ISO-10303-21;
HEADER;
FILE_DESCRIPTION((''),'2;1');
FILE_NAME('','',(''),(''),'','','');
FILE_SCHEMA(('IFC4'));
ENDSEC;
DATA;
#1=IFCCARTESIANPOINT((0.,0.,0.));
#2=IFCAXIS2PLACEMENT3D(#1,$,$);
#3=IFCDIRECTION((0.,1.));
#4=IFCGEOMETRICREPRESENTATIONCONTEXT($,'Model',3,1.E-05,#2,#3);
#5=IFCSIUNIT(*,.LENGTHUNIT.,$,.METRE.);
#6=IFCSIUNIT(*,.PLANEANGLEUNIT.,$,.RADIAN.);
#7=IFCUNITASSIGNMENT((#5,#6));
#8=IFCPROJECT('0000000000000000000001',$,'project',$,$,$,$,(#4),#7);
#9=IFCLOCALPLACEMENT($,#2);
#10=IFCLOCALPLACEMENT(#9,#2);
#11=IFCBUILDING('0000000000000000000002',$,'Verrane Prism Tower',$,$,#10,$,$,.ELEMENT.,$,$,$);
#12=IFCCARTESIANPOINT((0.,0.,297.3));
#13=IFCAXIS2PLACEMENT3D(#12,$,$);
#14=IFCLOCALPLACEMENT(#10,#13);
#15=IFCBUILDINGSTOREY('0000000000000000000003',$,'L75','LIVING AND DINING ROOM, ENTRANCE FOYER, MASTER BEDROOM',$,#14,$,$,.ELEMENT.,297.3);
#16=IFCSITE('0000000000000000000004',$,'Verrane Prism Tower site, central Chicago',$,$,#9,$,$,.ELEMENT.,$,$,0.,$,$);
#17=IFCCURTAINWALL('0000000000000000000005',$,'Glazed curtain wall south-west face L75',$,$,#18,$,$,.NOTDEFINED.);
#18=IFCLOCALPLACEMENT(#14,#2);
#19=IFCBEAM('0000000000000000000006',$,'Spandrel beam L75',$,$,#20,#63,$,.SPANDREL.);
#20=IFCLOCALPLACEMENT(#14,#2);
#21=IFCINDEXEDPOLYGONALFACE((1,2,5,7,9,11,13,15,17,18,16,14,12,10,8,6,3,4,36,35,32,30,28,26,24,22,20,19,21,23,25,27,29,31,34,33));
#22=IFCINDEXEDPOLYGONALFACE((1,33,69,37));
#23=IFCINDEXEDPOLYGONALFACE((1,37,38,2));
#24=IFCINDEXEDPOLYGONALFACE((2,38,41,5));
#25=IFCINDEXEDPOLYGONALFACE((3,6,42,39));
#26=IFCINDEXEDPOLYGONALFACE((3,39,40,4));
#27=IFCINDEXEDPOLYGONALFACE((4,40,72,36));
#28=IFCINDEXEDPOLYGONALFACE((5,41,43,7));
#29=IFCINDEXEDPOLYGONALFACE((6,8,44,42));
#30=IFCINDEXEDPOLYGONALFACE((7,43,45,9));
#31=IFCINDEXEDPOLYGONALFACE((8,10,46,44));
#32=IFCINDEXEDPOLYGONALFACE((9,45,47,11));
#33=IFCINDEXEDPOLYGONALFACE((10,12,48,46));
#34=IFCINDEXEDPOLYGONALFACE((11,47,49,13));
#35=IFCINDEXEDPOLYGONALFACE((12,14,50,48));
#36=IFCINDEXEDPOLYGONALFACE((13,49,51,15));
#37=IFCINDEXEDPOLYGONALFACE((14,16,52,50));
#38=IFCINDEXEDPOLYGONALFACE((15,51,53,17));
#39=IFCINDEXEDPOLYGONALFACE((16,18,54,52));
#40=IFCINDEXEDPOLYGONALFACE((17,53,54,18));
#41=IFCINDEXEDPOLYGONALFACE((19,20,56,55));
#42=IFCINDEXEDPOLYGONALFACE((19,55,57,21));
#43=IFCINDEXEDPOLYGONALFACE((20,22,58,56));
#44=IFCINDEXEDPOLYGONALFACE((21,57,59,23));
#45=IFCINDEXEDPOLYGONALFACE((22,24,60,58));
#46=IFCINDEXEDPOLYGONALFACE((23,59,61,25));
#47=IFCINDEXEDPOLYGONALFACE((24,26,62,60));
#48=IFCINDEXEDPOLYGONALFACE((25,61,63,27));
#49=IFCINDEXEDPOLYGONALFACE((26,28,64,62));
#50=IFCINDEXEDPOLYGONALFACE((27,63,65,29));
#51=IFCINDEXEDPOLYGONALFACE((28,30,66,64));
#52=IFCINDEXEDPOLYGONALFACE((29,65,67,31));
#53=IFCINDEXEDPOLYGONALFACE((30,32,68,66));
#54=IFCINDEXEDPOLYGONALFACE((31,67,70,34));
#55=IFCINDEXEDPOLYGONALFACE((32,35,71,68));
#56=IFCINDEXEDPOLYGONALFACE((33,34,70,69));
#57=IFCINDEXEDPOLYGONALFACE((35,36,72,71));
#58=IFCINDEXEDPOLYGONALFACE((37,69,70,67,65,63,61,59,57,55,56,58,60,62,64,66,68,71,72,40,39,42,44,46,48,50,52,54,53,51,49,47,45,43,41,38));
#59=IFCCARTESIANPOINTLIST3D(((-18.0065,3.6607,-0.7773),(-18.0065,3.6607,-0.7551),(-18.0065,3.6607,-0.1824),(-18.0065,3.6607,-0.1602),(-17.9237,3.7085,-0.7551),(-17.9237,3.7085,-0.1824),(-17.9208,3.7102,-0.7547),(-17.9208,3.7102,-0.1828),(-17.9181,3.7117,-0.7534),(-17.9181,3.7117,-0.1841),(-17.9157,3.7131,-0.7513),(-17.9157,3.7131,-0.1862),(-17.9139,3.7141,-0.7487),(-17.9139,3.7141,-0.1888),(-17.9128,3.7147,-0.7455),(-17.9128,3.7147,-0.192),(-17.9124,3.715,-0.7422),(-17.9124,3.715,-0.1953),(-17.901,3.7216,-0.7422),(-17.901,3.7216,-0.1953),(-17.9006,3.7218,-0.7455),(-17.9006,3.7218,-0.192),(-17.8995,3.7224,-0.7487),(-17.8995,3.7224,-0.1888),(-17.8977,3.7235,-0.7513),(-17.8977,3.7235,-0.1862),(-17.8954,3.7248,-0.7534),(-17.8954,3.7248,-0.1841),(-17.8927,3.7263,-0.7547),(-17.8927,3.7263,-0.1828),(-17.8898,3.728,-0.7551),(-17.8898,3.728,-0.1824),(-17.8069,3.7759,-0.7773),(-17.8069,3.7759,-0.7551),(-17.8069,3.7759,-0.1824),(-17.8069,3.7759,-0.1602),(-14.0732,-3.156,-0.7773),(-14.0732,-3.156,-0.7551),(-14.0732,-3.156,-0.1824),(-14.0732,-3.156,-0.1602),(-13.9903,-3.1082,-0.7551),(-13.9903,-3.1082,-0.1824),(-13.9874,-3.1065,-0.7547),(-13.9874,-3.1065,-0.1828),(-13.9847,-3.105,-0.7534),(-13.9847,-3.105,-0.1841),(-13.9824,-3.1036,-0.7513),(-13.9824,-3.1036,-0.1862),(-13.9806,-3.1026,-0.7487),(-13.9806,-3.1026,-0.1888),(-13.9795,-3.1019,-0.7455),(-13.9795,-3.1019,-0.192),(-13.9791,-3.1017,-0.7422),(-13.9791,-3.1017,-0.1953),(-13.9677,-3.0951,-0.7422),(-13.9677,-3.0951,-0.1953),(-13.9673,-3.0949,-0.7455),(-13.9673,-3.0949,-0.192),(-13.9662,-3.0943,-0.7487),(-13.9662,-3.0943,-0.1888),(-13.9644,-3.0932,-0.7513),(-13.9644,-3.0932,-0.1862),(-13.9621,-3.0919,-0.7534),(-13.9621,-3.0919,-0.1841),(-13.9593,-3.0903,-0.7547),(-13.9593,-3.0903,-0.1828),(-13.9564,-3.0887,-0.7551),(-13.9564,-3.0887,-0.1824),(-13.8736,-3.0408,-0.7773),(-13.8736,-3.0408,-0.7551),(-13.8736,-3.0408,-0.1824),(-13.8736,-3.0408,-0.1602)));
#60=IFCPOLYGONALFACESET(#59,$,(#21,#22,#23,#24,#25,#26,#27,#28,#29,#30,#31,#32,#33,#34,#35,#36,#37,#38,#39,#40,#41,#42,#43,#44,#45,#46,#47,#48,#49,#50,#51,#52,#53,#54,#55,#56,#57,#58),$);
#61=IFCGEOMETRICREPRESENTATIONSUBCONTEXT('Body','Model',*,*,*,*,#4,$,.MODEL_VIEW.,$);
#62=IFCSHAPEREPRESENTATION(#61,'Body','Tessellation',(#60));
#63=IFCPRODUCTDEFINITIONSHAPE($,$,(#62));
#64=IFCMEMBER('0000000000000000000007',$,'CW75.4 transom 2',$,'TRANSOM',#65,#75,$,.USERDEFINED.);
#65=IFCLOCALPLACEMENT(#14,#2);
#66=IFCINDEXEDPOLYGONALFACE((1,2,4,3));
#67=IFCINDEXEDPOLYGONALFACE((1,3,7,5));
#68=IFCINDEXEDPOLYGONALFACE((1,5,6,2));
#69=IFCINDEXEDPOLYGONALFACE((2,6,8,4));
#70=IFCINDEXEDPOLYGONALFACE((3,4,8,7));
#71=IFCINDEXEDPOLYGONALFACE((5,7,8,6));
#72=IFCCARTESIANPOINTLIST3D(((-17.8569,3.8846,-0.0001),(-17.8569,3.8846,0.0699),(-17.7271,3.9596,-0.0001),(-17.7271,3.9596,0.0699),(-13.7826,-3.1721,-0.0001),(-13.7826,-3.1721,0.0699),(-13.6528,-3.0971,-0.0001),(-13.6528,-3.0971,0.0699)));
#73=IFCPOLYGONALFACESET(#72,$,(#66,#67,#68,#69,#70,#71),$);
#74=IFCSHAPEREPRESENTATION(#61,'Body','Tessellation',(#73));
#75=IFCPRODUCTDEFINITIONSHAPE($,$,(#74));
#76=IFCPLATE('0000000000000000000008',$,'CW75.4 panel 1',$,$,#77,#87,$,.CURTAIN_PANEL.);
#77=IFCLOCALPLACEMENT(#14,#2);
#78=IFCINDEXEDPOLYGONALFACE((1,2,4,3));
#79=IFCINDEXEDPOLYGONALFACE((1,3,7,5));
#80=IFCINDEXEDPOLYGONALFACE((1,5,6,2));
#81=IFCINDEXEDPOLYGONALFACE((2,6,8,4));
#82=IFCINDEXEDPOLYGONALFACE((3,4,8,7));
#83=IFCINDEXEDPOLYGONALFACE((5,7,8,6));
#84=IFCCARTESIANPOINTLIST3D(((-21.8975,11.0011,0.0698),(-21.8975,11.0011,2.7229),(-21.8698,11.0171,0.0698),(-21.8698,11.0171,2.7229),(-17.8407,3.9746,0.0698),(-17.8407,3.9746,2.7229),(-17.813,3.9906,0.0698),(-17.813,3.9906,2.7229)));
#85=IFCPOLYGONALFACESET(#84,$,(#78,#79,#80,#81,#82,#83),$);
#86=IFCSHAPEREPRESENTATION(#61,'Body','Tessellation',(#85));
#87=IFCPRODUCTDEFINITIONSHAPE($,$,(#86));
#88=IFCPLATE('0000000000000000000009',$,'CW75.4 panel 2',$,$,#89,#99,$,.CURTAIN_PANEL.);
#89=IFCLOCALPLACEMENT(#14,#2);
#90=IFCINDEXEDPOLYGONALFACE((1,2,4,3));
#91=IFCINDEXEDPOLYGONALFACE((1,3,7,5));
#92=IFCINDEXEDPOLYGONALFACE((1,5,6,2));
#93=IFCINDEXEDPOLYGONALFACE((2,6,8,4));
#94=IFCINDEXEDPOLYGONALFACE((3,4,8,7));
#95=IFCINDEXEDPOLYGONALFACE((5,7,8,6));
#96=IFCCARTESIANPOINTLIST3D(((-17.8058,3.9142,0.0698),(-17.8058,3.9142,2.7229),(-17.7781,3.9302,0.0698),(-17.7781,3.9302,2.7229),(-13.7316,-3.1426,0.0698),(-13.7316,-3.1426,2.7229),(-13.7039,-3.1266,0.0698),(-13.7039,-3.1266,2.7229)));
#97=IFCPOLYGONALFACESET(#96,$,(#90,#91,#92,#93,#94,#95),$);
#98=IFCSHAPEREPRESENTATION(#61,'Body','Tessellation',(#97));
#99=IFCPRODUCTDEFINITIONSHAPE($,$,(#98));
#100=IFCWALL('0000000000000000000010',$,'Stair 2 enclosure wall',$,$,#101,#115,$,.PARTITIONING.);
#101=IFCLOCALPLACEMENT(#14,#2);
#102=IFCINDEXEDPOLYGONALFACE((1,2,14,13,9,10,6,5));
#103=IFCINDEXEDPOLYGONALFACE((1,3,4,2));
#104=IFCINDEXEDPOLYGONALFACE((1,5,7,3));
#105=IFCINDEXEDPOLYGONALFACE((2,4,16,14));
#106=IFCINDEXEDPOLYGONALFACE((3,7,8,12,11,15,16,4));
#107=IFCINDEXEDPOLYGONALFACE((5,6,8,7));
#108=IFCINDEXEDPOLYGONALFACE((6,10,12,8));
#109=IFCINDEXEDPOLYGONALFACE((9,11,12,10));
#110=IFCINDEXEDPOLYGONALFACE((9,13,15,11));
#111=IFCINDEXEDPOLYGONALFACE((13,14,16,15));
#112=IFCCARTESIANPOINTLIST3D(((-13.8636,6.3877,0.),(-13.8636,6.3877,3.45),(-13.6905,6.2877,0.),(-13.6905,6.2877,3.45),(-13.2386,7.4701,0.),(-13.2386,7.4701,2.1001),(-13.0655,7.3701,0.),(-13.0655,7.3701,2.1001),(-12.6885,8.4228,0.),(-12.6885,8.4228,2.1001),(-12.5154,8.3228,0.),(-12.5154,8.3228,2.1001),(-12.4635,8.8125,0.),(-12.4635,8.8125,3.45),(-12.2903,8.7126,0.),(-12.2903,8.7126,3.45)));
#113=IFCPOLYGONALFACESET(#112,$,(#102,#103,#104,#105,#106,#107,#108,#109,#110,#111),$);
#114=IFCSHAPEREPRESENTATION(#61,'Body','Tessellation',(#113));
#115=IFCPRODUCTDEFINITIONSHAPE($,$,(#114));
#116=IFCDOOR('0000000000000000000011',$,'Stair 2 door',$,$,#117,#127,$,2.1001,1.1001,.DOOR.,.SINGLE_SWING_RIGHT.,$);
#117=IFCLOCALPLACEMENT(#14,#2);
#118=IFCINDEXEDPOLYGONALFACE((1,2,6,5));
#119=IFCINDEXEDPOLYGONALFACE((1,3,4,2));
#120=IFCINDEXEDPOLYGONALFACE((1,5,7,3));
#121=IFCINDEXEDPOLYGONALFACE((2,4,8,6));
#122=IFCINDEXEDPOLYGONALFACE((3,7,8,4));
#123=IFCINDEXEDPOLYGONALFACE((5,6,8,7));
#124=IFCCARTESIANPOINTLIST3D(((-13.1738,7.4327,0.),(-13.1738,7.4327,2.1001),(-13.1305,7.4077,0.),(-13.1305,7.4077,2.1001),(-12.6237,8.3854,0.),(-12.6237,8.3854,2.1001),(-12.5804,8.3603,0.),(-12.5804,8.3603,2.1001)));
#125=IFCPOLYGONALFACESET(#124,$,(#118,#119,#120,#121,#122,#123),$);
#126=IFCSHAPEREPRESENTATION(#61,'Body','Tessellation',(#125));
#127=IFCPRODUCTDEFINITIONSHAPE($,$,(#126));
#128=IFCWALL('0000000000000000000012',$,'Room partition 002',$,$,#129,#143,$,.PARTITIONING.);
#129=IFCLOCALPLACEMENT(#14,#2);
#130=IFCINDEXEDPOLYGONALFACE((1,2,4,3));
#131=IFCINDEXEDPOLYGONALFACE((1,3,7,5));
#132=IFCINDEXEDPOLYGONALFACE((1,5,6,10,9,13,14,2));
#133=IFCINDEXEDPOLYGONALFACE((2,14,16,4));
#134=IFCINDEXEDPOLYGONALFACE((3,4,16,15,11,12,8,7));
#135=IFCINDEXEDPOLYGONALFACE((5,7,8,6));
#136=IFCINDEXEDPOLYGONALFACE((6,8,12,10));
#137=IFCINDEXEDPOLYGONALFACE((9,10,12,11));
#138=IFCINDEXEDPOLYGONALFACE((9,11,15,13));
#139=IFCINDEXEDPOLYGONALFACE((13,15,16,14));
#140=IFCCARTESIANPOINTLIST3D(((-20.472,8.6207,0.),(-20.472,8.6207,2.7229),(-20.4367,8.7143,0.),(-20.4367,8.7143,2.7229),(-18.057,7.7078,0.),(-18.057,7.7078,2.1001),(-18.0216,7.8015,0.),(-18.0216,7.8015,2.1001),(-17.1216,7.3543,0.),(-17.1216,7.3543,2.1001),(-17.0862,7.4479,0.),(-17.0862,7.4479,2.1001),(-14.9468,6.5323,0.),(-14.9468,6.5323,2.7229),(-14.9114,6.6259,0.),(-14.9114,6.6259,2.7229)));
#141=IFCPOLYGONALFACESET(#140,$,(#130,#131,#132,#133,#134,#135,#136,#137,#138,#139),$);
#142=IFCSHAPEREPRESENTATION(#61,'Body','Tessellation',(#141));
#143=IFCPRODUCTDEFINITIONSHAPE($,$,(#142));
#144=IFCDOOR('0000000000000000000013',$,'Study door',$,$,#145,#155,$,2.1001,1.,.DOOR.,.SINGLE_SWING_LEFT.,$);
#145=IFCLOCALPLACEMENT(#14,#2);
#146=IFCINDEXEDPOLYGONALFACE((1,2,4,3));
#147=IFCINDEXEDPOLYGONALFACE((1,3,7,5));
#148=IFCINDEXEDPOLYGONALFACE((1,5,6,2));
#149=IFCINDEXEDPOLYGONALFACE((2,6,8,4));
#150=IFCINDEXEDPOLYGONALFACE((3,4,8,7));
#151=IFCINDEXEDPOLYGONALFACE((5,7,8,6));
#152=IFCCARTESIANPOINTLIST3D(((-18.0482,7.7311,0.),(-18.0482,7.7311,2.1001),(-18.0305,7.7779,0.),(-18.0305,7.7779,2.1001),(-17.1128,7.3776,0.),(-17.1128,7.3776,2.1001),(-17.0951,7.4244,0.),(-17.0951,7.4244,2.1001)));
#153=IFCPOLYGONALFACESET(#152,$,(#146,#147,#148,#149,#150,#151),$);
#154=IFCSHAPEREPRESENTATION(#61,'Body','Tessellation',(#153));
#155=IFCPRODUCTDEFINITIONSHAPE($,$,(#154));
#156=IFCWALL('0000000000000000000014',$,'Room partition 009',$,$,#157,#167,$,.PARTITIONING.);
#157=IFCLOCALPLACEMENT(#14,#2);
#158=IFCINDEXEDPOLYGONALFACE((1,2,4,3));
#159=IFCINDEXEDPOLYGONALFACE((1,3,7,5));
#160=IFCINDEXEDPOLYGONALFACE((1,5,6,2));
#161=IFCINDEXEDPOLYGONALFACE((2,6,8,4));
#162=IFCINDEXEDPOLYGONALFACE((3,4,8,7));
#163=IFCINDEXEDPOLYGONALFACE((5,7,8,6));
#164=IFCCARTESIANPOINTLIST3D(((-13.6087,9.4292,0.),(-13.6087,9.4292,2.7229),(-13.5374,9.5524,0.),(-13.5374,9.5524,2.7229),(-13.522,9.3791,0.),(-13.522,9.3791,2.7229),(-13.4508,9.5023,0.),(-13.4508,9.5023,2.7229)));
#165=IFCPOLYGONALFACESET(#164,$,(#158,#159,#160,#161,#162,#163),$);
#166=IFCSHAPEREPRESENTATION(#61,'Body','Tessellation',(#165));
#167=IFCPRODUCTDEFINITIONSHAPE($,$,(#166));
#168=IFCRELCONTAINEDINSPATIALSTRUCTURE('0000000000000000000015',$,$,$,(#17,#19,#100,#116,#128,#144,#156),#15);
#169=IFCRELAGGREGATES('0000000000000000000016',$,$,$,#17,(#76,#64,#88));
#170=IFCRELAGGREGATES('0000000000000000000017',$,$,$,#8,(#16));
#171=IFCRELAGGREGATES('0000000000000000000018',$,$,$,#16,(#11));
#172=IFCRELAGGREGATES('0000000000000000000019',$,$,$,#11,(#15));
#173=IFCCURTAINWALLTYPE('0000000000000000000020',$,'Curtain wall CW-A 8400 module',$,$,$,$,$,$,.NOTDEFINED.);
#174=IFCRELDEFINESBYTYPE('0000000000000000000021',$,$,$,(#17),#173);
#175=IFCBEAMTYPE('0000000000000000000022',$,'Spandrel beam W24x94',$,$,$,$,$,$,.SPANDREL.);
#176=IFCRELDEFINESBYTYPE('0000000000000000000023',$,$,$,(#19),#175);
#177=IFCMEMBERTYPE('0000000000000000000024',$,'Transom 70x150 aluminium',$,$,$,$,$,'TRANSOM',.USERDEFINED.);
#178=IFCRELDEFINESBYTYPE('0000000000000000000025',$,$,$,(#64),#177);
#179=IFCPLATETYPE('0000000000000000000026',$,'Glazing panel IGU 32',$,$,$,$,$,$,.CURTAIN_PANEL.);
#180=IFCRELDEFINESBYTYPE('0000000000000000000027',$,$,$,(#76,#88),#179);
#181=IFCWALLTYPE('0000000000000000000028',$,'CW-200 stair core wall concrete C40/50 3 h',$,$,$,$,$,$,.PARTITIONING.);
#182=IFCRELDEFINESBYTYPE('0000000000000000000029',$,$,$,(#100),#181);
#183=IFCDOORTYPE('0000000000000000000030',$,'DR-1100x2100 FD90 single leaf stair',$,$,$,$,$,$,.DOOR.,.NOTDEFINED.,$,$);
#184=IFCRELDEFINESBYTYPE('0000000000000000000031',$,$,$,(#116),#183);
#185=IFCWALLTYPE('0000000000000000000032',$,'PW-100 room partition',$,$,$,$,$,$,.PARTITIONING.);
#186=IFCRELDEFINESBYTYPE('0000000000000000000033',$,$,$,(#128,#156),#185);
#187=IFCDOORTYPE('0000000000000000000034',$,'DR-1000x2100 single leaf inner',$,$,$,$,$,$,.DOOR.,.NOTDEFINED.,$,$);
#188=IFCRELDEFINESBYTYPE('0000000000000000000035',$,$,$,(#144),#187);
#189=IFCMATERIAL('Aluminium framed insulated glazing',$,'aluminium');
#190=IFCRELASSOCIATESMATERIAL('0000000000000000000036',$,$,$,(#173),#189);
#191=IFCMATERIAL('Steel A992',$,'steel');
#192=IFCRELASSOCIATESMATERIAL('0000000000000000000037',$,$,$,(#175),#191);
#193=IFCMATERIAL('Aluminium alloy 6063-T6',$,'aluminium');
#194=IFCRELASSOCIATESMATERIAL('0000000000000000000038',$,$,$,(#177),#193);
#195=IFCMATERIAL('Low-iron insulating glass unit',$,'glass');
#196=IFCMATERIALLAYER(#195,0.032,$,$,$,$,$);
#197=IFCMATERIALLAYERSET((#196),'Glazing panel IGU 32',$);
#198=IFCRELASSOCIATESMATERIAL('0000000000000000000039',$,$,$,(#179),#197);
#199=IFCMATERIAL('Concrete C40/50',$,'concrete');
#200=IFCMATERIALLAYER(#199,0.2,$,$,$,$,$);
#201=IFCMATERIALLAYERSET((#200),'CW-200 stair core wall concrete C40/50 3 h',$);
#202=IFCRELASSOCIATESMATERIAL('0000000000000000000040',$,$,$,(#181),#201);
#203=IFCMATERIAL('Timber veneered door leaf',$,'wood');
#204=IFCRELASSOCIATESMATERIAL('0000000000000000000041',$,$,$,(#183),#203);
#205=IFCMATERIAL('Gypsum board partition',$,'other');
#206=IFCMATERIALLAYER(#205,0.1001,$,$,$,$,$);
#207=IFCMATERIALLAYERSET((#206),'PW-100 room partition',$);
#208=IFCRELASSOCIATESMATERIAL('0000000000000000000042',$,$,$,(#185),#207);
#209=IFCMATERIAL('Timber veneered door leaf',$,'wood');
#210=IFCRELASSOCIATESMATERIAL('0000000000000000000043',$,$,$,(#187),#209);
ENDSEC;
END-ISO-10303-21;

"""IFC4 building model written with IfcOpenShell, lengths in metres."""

from ifc_helpers import new_model, si_unit, direction, frame, frame_2d, origin, origin_2d, place, context, subcontext, project, spatial, rectangle, i_section, extrude, material, layer, layer_set, material_profile, profile_set, type_object, element, fill, aggregate, save


model = new_model("IFC4")

# Units and contexts
model_context = context("Model", 3, precision=1e-05, world=origin(), true_north=direction((0.0, 1.0)))
body_context = subcontext(model_context, "Body", "Model", "MODEL_VIEW")
ifc_project = project(units=[si_unit("LENGTHUNIT", "METRE"), si_unit("PLANEANGLEUNIT", "RADIAN")], contexts=[model_context])

# Site, building, storey
site_placement = place(None, origin())
site = spatial("IfcSite", under=ifc_project, at=site_placement, Name="Verrane Prism Tower site, central Chicago", CompositionType="ELEMENT", RefElevation=0.0)
building_placement = place(site_placement, origin())
building = spatial("IfcBuilding", under=site, at=building_placement, Name="Verrane Prism Tower", CompositionType="ELEMENT")
storey_placement = place(building_placement, frame((0.0, 0.0, 297.3)))
storey = spatial("IfcBuildingStorey", under=building, at=storey_placement, Name="L75", Description="LIVING AND DINING ROOM, ENTRANCE FOYER, MASTER BEDROOM", CompositionType="ELEMENT", Elevation=297.3)

# Curtain wall
ifc_material_1 = material(Name="Aluminium framed insulated glazing", Category="aluminium")
curtain_wall_type = type_object("IfcCurtainWallType", Name="Curtain wall CW-A 8400 module", PredefinedType="NOTDEFINED", material=ifc_material_1)
curtain_wall_placement = place(storey_placement, origin())
curtain_wall = element("IfcCurtainWall", 1, at=curtain_wall_placement, inside=storey, type_object=curtain_wall_type, Name="Glazed curtain wall south-west face L75", PredefinedType="NOTDEFINED")

# Beam
ifc_material_2 = material(Name="Steel A992", Category="steel")
ifc_material_profile_1 = material_profile(ifc_material_2, i_section(OverallWidth=0.2305, OverallDepth=0.6172, WebThickness=0.0132, FlangeThickness=0.0222, FilletRadius=0.0129, at=origin_2d()), Name="W24x94")
ifc_profile_set_1 = profile_set([ifc_material_profile_1], Name="Steel A992")
beam_type_1 = type_object("IfcBeamType", Name="Spandrel beam W24x94", PredefinedType="SPANDREL", material=ifc_profile_set_1)
beam_1_placement = place(storey_placement, frame((-17.9067, 3.7183, -0.4688), z_axis=(0.499786, -0.866149, 0.0), x_axis=(0.866149, 0.499786, 0.0)))
element("IfcBeam", 2, at=beam_1_placement, inside=storey, type_object=beam_type_1, Name="Spandrel beam L75", PredefinedType="SPANDREL", context=body_context, shape_type="SweptSolid", body=[
    extrude(i_section(OverallWidth=0.2305, OverallDepth=0.6172, WebThickness=0.0132, FlangeThickness=0.0222, FilletRadius=0.0129, at=origin_2d()), origin(), (0.0, 0.0, 1.0), 7.8701),
])

# Member
ifc_material_3 = material(Name="Aluminium alloy 6063-T6", Category="aluminium")
ifc_material_profile_2 = material_profile(ifc_material_3, rectangle(XDim=0.1499, YDim=0.0701, at=origin_2d()), Name="Transom 70x150 aluminium")
ifc_profile_set_2 = profile_set([ifc_material_profile_2], Name="Aluminium alloy 6063-T6")
member_type_1 = type_object("IfcMemberType", Name="Transom 70x150 aluminium", ElementType="TRANSOM", PredefinedType="USERDEFINED", material=ifc_profile_set_2)
member_1_placement = place(storey_placement, frame((-17.792, 3.9221, 0.0349), z_axis=(0.500006, -0.866022, 0.0), x_axis=(0.866022, 0.500006, 0.0)))
member_1 = element("IfcMember", 3, at=member_1_placement, type_object=member_type_1, Name="CW75.4 transom 2", ObjectType="TRANSOM", PredefinedType="USERDEFINED", context=body_context, shape_type="SweptSolid", body=[
    extrude(rectangle(XDim=0.1499, YDim=0.0701, at=origin_2d()), origin(), (0.0, 0.0, 1.0), 8.1484),
])

# Plates
ifc_material_4 = material(Name="Low-iron insulating glass unit", Category="glass")
ifc_layer_1 = layer(ifc_material_4, 0.032)
ifc_layer_set_1 = layer_set([ifc_layer_1], Name="Glazing panel IGU 32")
plate_type = type_object("IfcPlateType", Name="Glazing panel IGU 32", PredefinedType="CURTAIN_PANEL", material=ifc_layer_set_1)
plate_1_placement = place(storey_placement, frame((-19.8552, 7.4958, 0.0698), z_axis=(0.0, 0.0, 1.0), x_axis=(0.500001, -0.866025, 0.0)))
plate_1 = element("IfcPlate", 4, at=plate_1_placement, type_object=plate_type, Name="CW75.4 panel 1", PredefinedType="CURTAIN_PANEL", context=body_context, shape_type="SweptSolid", body=[
    extrude(rectangle(XDim=8.1135, YDim=0.032, at=origin_2d()), origin(), (0.0, 0.0, 1.0), 2.6531),
])
plate_2_placement = place(storey_placement, frame((-15.7549, 0.3938, 0.0698), z_axis=(0.0, 0.0, 1.0), x_axis=(0.500001, -0.866025, 0.0)))
plate_2 = element("IfcPlate", 5, at=plate_2_placement, type_object=plate_type, Name="CW75.4 panel 2", PredefinedType="CURTAIN_PANEL", context=body_context, shape_type="SweptSolid", body=[
    extrude(rectangle(XDim=8.1484, YDim=0.032, at=origin_2d()), origin(), (0.0, 0.0, 1.0), 2.6531),
])
aggregate(curtain_wall, [plate_1, member_1, plate_2])

# Walls, openings, doors
ifc_material_5 = material(Name="Concrete C40/50", Category="concrete")
ifc_layer_2 = layer(ifc_material_5, 0.2)
ifc_layer_set_2 = layer_set([ifc_layer_2], Name="CW-200 stair core wall concrete C40/50 3 h")
wall_type_1 = type_object("IfcWallType", Name="CW-200 stair core wall concrete C40/50 3 h", PredefinedType="PARTITIONING", material=ifc_layer_set_2)
wall_1_placement = place(storey_placement, frame((-12.377, 8.7625, 0.0), z_axis=(0.0, 0.0, 1.0), x_axis=(-0.50005, -0.865997, 0.0)))
wall_1 = element("IfcWall", 6, at=wall_1_placement, inside=storey, type_object=wall_type_1, Name="Stair 2 enclosure wall", PredefinedType="PARTITIONING", context=body_context, shape_type="SweptSolid", body=[
    extrude(rectangle(XDim=2.8, YDim=0.2, at=frame_2d((1.3999, 0.0))), origin(), (0.0, 0.0, 1.0), 3.45),
])
opening_1_placement = place(wall_1_placement, frame((0.45, 0.0, 0.0)))
opening_1 = element("IfcOpeningElement", 7, at=opening_1_placement, cuts=wall_1, PredefinedType="OPENING", context=body_context, shape_type="SweptSolid", body=[
    extrude(rectangle(XDim=1.1001, YDim=2.1001, at=frame_2d((0.55, 1.05))), frame((0.0, 0.1099, 0.0), z_axis=(0.0, -1.0, 0.0), x_axis=(1.0, 0.0, 0.0)), (0.0, 0.0, 1.0), 0.22),
])
ifc_material_6 = material(Name="Timber veneered door leaf", Category="wood")
door_type_1 = type_object("IfcDoorType", Name="DR-1100x2100 FD90 single leaf stair", OperationType="NOTDEFINED", PredefinedType="DOOR", material=ifc_material_6)
door_1_placement = place(opening_1_placement, origin())
door_1 = element("IfcDoor", 8, at=door_1_placement, inside=storey, type_object=door_type_1, Name="Stair 2 door", OperationType="SINGLE_SWING_RIGHT", OverallHeight=2.1001, OverallWidth=1.1001, PredefinedType="DOOR", context=body_context, shape_type="SweptSolid", body=[
    extrude(rectangle(XDim=1.1001, YDim=2.1001, at=frame_2d((0.55, 1.05))), frame((0.0, 0.0249, 0.0), z_axis=(0.0, -1.0, 0.0), x_axis=(1.0, 0.0, 0.0)), (0.0, 0.0, 1.0), 0.05),
])
fill(opening_1, door_1)
ifc_material_7 = material(Name="Gypsum board partition", Category="other")
ifc_layer_3 = layer(ifc_material_7, 0.1001)
ifc_layer_set_3 = layer_set([ifc_layer_3], Name="PW-100 room partition")
wall_type_2 = type_object("IfcWallType", Name="PW-100 room partition", PredefinedType="PARTITIONING", material=ifc_layer_set_3)
wall_2_placement = place(storey_placement, frame((-20.4543, 8.6675, 0.0), z_axis=(0.0, 0.0, 1.0), x_axis=(0.93541, -0.353564, 0.0)))
wall_2 = element("IfcWall", 9, at=wall_2_placement, inside=storey, type_object=wall_type_2, Name="Room partition 002", PredefinedType="PARTITIONING", context=body_context, shape_type="SweptSolid", body=[
    extrude(rectangle(XDim=5.9067, YDim=0.1001, at=frame_2d((2.9534, 0.0))), origin(), (0.0, 0.0, 1.0), 2.7229),
])
opening_2_placement = place(wall_2_placement, frame((2.5818, 0.0, 0.0)))
opening_2 = element("IfcOpeningElement", 10, at=opening_2_placement, cuts=wall_2, PredefinedType="OPENING", context=body_context, shape_type="SweptSolid", body=[
    extrude(rectangle(XDim=1.0, YDim=2.1001, at=frame_2d((0.5, 1.05))), frame((0.0, 0.0601, 0.0), z_axis=(0.0, -1.0, 0.0), x_axis=(1.0, 0.0, 0.0)), (0.0, 0.0, 1.0), 0.1201),
])
ifc_material_8 = material(Name="Timber veneered door leaf", Category="wood")
door_type_2 = type_object("IfcDoorType", Name="DR-1000x2100 single leaf inner", OperationType="NOTDEFINED", PredefinedType="DOOR", material=ifc_material_8)
door_2_placement = place(opening_2_placement, origin())
door_2 = element("IfcDoor", 11, at=door_2_placement, inside=storey, type_object=door_type_2, Name="Study door", OperationType="SINGLE_SWING_LEFT", OverallHeight=2.1001, OverallWidth=1.0, PredefinedType="DOOR", context=body_context, shape_type="SweptSolid", body=[
    extrude(rectangle(XDim=1.0, YDim=2.1001, at=frame_2d((0.5, 1.05))), frame((0.0, 0.0249, 0.0), z_axis=(0.0, -1.0, 0.0), x_axis=(1.0, 0.0, 0.0)), (0.0, 0.0, 1.0), 0.05),
])
fill(opening_2, door_2)

# Wall
wall_3_placement = place(storey_placement, frame((-13.5654, 9.4041, 0.0), z_axis=(0.0, 0.0, 1.0), x_axis=(0.500563, 0.8657, 0.0)))
element("IfcWall", 12, at=wall_3_placement, inside=storey, type_object=wall_type_2, Name="Room partition 009", PredefinedType="PARTITIONING", context=body_context, shape_type="SweptSolid", body=[
    extrude(rectangle(XDim=0.1423, YDim=0.1001, at=frame_2d((0.0713, 0.0))), origin(), (0.0, 0.0, 1.0), 2.7229),
])

save(model, "model.ifc")
